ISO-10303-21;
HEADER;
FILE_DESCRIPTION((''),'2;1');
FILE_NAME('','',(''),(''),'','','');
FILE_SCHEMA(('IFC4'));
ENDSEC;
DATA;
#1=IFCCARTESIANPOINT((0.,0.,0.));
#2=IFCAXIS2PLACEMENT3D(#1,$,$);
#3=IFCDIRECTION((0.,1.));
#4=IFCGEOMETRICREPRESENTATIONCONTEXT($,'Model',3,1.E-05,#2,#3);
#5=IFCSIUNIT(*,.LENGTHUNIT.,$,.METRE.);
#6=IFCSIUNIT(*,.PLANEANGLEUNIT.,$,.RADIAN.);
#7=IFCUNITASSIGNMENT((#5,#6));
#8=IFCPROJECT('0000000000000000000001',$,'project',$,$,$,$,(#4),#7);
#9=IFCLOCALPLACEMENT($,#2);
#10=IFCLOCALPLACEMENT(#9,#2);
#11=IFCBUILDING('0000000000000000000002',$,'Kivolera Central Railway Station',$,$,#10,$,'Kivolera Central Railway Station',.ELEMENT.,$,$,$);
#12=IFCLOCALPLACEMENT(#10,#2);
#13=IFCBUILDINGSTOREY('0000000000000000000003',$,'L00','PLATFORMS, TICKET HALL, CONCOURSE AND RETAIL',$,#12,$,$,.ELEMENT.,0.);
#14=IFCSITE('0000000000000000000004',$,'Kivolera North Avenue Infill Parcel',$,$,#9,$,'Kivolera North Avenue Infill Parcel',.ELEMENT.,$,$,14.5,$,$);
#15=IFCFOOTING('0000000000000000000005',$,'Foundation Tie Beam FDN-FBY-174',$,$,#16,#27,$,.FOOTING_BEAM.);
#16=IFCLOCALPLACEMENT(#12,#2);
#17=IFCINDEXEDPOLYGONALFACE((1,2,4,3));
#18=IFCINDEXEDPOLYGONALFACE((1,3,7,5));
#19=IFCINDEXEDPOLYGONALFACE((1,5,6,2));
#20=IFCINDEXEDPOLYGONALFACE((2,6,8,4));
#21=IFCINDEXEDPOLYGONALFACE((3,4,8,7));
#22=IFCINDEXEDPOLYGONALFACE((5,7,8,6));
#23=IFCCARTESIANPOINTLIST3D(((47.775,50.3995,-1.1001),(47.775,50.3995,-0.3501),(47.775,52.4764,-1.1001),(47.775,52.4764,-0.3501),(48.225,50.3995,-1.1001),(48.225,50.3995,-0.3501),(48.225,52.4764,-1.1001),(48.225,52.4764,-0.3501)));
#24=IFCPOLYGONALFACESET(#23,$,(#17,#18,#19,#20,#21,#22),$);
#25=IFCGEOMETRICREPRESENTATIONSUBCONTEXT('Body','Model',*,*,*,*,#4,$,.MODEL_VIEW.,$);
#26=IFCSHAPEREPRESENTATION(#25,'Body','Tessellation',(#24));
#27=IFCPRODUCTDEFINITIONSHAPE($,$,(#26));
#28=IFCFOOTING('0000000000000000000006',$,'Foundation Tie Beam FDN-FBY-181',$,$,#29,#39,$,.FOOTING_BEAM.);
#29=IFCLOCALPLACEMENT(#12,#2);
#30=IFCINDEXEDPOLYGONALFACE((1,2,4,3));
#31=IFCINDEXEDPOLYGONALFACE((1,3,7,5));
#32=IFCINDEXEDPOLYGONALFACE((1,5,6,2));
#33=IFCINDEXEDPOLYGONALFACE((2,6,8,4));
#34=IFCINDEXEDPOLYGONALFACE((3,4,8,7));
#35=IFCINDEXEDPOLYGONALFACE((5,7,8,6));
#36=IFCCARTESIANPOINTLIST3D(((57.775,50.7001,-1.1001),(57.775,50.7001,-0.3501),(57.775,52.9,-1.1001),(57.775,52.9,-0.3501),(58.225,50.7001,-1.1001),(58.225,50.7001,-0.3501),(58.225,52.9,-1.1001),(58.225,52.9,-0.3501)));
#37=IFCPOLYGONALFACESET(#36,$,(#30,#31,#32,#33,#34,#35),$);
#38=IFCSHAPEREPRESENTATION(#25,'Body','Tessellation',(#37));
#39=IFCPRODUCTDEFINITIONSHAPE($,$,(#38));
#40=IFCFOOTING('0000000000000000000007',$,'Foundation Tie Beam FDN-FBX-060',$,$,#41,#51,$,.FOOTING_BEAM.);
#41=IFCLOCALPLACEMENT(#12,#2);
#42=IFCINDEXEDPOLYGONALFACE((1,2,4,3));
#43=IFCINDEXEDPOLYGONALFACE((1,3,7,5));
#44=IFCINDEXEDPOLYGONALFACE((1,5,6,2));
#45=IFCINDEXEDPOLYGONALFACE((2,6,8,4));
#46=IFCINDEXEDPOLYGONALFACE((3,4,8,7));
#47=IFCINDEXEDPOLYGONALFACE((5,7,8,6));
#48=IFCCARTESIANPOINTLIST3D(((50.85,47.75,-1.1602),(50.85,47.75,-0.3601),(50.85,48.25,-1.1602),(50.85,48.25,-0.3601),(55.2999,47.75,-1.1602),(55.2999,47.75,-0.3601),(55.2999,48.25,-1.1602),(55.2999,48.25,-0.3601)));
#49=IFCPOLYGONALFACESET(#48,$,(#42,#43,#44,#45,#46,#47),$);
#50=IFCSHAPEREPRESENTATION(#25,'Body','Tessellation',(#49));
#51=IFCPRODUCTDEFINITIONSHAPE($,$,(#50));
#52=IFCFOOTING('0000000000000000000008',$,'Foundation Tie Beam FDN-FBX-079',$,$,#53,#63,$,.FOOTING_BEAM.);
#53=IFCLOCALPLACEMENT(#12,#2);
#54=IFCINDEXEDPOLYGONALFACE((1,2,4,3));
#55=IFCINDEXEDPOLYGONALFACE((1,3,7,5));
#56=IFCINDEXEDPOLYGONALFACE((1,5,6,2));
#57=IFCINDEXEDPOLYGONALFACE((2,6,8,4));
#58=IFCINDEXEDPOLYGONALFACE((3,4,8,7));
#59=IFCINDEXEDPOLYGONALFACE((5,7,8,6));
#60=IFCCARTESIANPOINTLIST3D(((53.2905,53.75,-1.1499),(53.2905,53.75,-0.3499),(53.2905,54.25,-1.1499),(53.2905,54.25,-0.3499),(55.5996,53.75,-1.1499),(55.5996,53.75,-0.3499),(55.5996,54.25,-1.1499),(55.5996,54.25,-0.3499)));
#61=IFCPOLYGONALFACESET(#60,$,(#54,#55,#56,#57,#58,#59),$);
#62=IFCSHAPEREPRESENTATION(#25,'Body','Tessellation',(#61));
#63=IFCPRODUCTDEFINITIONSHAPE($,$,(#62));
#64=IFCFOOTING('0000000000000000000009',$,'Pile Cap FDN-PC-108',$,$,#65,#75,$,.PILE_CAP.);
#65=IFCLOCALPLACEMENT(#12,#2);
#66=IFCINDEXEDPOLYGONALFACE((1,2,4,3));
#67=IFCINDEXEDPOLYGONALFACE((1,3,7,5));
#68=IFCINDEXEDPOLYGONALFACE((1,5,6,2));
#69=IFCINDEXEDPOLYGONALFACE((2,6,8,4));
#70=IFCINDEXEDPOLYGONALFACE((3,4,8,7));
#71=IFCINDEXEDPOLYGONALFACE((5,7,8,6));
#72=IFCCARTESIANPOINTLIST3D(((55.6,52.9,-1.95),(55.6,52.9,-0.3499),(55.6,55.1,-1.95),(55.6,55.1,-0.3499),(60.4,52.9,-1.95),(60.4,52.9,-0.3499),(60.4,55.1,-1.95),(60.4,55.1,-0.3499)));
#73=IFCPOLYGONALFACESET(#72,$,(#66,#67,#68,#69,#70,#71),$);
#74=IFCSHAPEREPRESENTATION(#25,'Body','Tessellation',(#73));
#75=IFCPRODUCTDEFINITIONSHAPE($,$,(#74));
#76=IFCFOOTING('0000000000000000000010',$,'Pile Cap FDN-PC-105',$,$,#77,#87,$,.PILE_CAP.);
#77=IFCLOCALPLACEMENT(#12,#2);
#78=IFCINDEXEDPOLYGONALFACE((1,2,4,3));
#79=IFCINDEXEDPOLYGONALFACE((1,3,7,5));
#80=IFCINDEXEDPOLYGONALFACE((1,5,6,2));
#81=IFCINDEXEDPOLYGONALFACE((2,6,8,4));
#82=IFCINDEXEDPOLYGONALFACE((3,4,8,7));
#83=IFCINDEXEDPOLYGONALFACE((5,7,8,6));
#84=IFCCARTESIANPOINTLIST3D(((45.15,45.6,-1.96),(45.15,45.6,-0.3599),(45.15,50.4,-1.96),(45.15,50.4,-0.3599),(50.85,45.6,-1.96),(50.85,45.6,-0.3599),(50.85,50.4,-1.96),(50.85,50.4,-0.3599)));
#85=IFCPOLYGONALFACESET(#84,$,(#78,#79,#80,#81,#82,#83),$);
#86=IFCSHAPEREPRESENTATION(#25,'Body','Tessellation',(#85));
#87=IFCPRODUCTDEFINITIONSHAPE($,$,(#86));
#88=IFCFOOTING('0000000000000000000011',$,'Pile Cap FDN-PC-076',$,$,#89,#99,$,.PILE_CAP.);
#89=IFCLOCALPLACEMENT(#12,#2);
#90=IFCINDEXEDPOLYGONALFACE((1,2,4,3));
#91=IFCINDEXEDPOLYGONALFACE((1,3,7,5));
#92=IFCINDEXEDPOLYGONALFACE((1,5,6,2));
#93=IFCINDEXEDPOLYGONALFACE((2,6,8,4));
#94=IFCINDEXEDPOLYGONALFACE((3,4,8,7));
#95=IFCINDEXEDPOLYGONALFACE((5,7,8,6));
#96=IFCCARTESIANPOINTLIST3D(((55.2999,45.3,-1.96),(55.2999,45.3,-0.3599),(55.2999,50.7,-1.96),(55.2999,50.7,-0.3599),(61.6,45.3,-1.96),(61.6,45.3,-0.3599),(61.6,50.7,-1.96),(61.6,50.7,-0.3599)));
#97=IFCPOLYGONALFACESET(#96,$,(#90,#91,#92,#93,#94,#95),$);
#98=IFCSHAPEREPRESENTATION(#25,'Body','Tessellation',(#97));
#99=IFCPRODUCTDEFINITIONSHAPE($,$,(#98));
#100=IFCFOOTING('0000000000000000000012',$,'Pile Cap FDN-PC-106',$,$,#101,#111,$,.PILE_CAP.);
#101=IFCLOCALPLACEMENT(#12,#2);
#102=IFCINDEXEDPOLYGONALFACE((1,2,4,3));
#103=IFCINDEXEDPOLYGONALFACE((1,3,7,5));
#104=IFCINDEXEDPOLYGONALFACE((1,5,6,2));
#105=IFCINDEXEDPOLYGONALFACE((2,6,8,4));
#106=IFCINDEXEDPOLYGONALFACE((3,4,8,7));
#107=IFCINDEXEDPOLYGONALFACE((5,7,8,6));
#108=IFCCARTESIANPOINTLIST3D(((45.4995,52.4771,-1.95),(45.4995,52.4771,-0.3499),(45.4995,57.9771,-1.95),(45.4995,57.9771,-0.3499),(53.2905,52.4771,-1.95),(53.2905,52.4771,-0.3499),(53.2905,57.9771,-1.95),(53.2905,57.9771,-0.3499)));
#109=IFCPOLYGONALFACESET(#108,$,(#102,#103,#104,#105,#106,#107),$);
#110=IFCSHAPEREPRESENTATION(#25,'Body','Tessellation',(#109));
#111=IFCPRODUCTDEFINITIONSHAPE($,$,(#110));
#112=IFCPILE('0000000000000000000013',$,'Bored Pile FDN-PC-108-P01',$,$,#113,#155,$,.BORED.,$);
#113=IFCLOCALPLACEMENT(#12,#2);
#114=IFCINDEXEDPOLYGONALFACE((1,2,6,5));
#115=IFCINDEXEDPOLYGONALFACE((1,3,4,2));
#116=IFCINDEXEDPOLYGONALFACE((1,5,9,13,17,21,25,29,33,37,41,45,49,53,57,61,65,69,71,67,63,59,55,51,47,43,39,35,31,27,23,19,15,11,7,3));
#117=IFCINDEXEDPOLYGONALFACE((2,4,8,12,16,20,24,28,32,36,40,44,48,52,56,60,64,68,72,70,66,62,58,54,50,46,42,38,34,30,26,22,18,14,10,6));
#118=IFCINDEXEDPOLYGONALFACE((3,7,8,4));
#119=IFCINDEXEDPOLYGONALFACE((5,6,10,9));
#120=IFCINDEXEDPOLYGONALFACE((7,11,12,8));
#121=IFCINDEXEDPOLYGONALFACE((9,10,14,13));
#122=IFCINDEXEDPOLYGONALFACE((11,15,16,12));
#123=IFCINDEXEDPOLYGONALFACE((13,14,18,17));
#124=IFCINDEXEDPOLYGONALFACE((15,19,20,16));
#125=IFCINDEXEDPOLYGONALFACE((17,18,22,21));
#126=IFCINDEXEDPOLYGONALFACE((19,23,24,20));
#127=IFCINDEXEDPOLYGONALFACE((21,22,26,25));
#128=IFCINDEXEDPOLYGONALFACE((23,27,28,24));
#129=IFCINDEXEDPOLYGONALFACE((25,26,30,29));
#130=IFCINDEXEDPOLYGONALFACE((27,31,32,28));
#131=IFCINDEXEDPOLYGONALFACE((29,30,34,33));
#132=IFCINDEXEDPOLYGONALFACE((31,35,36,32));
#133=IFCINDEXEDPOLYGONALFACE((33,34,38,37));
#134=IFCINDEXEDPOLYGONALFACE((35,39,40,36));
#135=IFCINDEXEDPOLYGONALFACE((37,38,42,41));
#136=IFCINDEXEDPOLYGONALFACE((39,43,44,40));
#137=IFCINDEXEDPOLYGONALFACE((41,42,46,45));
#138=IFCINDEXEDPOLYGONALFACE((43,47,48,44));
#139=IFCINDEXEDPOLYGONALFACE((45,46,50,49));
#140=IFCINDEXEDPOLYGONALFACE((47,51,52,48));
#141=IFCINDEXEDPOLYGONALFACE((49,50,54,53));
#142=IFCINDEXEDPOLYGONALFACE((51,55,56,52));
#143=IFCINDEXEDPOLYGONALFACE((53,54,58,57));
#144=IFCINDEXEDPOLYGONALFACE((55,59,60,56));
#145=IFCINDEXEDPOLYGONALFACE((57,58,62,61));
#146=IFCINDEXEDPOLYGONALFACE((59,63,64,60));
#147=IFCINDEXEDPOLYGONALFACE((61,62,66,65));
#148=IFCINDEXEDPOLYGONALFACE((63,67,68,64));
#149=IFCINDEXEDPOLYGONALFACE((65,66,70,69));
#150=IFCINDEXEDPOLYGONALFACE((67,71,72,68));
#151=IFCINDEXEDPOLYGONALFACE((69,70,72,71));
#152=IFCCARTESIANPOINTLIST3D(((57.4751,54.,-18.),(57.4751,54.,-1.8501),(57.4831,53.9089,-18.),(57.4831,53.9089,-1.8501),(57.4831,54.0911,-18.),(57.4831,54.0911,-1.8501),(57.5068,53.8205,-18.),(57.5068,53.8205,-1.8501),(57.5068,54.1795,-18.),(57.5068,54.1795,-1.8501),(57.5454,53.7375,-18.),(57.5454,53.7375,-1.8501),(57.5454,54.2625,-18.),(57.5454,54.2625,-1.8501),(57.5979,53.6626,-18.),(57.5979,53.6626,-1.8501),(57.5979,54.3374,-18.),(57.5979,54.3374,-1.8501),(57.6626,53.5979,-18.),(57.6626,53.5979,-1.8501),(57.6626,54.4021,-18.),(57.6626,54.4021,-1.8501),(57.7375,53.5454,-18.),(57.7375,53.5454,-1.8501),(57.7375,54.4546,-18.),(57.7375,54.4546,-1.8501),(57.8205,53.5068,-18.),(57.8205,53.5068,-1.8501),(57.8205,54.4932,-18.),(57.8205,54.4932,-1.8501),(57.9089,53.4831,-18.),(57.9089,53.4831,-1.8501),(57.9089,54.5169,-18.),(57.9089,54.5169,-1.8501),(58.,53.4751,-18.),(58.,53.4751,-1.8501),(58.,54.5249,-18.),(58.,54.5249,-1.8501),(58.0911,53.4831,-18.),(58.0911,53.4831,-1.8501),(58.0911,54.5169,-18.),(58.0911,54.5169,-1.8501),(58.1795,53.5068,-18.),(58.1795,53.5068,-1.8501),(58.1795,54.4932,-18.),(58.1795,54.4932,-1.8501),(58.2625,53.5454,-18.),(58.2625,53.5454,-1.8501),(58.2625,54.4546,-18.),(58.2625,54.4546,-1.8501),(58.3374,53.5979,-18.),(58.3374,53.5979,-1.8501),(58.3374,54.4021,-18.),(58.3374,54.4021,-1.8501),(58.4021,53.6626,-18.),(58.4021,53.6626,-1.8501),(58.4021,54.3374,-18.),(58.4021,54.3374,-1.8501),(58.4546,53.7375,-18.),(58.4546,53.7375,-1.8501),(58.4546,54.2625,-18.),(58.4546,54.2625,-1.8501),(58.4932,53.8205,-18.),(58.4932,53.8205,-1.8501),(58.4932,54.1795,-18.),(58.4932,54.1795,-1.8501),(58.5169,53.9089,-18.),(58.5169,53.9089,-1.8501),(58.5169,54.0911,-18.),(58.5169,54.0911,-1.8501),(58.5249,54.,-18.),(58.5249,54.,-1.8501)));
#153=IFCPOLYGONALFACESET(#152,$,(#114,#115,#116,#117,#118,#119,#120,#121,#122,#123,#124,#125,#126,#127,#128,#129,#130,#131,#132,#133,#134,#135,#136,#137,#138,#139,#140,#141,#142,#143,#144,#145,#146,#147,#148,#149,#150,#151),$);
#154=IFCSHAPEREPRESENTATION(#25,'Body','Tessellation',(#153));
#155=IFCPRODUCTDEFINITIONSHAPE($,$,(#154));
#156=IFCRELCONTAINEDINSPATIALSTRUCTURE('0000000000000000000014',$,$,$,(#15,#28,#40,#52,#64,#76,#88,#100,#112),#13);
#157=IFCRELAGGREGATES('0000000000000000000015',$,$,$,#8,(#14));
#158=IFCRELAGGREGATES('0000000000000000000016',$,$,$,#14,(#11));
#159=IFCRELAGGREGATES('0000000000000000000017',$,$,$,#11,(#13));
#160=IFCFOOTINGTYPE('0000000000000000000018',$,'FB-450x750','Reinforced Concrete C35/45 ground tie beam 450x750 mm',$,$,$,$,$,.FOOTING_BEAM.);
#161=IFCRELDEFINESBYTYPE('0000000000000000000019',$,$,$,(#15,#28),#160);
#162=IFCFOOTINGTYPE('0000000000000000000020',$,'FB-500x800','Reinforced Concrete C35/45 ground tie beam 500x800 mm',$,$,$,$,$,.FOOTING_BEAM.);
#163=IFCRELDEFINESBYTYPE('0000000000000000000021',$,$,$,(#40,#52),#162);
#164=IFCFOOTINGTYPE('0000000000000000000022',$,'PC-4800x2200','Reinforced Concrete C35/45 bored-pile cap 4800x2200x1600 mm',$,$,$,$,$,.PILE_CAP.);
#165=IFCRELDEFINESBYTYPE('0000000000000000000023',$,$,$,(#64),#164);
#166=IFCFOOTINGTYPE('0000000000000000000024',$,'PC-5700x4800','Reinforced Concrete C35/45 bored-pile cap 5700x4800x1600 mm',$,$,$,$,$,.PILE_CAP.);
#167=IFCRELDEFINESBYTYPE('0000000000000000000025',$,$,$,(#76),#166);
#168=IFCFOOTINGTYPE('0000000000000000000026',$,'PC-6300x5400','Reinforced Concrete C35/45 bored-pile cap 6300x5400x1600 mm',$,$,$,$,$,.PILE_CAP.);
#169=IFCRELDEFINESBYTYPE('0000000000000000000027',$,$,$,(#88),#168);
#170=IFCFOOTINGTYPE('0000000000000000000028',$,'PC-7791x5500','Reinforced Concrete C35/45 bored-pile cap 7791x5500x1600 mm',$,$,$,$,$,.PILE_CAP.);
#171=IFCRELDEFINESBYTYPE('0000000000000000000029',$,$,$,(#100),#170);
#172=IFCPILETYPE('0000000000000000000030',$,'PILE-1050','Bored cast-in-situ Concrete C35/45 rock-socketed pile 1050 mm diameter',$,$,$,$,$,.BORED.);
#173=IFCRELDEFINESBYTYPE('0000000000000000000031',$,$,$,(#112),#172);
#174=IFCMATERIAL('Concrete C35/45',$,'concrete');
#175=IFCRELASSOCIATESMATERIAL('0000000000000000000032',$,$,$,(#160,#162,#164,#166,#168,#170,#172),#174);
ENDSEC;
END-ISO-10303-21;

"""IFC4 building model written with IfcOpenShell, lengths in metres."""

from ifc_helpers import new_model, si_unit, direction, frame, origin, origin_2d, place, context, subcontext, project, spatial, rectangle, circle, extrude, material, material_profile, profile_set, type_object, element, save


model = new_model("IFC4")

# Units and contexts
model_context = context("Model", 3, precision=1e-05, world=origin(), true_north=direction((0.0, 1.0)))
body_context = subcontext(model_context, "Body", "Model", "MODEL_VIEW")
ifc_project = project(units=[si_unit("LENGTHUNIT", "METRE"), si_unit("PLANEANGLEUNIT", "RADIAN")], contexts=[model_context])

# Site, building, storey
site_placement = place(None, origin())
site = spatial("IfcSite", under=ifc_project, at=site_placement, Name="Kivolera North Avenue Infill Parcel", LongName="Kivolera North Avenue Infill Parcel", CompositionType="ELEMENT", RefElevation=14.5)
building_placement = place(site_placement, origin())
building = spatial("IfcBuilding", under=site, at=building_placement, Name="Kivolera Central Railway Station", LongName="Kivolera Central Railway Station", CompositionType="ELEMENT")
storey_placement = place(building_placement, origin())
storey = spatial("IfcBuildingStorey", under=building, at=storey_placement, Name="L00", Description="PLATFORMS, TICKET HALL, CONCOURSE AND RETAIL", CompositionType="ELEMENT", Elevation=0.0)

# Footings
ifc_material_1 = material(Name="Concrete C35/45", Category="concrete")
footing_type_1 = type_object("IfcFootingType", Name="FB-450x750", Description="Reinforced Concrete C35/45 ground tie beam 450x750 mm", PredefinedType="FOOTING_BEAM", material=ifc_material_1)
footing_1_placement = place(storey_placement, frame((48.0, 51.438, -1.1001), z_axis=(0.0, 0.0, 1.0), x_axis=(1.0, 0.0, 0.0)))
element("IfcFooting", 1, at=footing_1_placement, inside=storey, type_object=footing_type_1, Name="Foundation Tie Beam FDN-FBY-174", PredefinedType="FOOTING_BEAM", context=body_context, shape_type="SweptSolid", body=[
    extrude(rectangle(XDim=0.45, YDim=2.0769, at=origin_2d()), origin(), (0.0, 0.0, 1.0), 0.75),
])
footing_2_placement = place(storey_placement, frame((58.0, 51.8, -1.1001), z_axis=(0.0, 0.0, 1.0), x_axis=(1.0, 0.0, 0.0)))
element("IfcFooting", 2, at=footing_2_placement, inside=storey, type_object=footing_type_1, Name="Foundation Tie Beam FDN-FBY-181", PredefinedType="FOOTING_BEAM", context=body_context, shape_type="SweptSolid", body=[
    extrude(rectangle(XDim=0.45, YDim=2.2, at=origin_2d()), origin(), (0.0, 0.0, 1.0), 0.75),
])
footing_type_2 = type_object("IfcFootingType", Name="FB-500x800", Description="Reinforced Concrete C35/45 ground tie beam 500x800 mm", PredefinedType="FOOTING_BEAM", material=ifc_material_1)
footing_3_placement = place(storey_placement, frame((53.075, 48.0, -1.1602), z_axis=(0.0, 0.0, 1.0), x_axis=(1.0, 0.0, 0.0)))
element("IfcFooting", 3, at=footing_3_placement, inside=storey, type_object=footing_type_2, Name="Foundation Tie Beam FDN-FBX-060", PredefinedType="FOOTING_BEAM", context=body_context, shape_type="SweptSolid", body=[
    extrude(rectangle(XDim=4.45, YDim=0.5, at=origin_2d()), origin(), (0.0, 0.0, 1.0), 0.8),
])
footing_4_placement = place(storey_placement, frame((54.4451, 54.0, -1.1499), z_axis=(0.0, 0.0, 1.0), x_axis=(1.0, 0.0, 0.0)))
element("IfcFooting", 4, at=footing_4_placement, inside=storey, type_object=footing_type_2, Name="Foundation Tie Beam FDN-FBX-079", PredefinedType="FOOTING_BEAM", context=body_context, shape_type="SweptSolid", body=[
    extrude(rectangle(XDim=2.3091, YDim=0.5, at=origin_2d()), origin(), (0.0, 0.0, 1.0), 0.8),
])
footing_type_3 = type_object("IfcFootingType", Name="PC-4800x2200", Description="Reinforced Concrete C35/45 bored-pile cap 4800x2200x1600 mm", PredefinedType="PILE_CAP", material=ifc_material_1)
footing_5_placement = place(storey_placement, frame((58.0, 54.0, -1.95), z_axis=(0.0, 0.0, 1.0), x_axis=(1.0, 0.0, 0.0)))
element("IfcFooting", 5, at=footing_5_placement, inside=storey, type_object=footing_type_3, Name="Pile Cap FDN-PC-108", PredefinedType="PILE_CAP", context=body_context, shape_type="SweptSolid", body=[
    extrude(rectangle(XDim=4.8, YDim=2.2, at=origin_2d()), origin(), (0.0, 0.0, 1.0), 1.6001),
])
footing_type_4 = type_object("IfcFootingType", Name="PC-5700x4800", Description="Reinforced Concrete C35/45 bored-pile cap 5700x4800x1600 mm", PredefinedType="PILE_CAP", material=ifc_material_1)
footing_6_placement = place(storey_placement, frame((48.0, 48.0, -1.96), z_axis=(0.0, 0.0, 1.0), x_axis=(1.0, 0.0, 0.0)))
element("IfcFooting", 6, at=footing_6_placement, inside=storey, type_object=footing_type_4, Name="Pile Cap FDN-PC-105", PredefinedType="PILE_CAP", context=body_context, shape_type="SweptSolid", body=[
    extrude(rectangle(XDim=5.7, YDim=4.8, at=origin_2d()), origin(), (0.0, 0.0, 1.0), 1.6001),
])
footing_type_5 = type_object("IfcFootingType", Name="PC-6300x5400", Description="Reinforced Concrete C35/45 bored-pile cap 6300x5400x1600 mm", PredefinedType="PILE_CAP", material=ifc_material_1)
footing_7_placement = place(storey_placement, frame((58.45, 48.0, -1.96), z_axis=(0.0, 0.0, 1.0), x_axis=(1.0, 0.0, 0.0)))
element("IfcFooting", 7, at=footing_7_placement, inside=storey, type_object=footing_type_5, Name="Pile Cap FDN-PC-076", PredefinedType="PILE_CAP", context=body_context, shape_type="SweptSolid", body=[
    extrude(rectangle(XDim=6.3, YDim=5.3999, at=origin_2d()), origin(), (0.0, 0.0, 1.0), 1.6001),
])
footing_type_6 = type_object("IfcFootingType", Name="PC-7791x5500", Description="Reinforced Concrete C35/45 bored-pile cap 7791x5500x1600 mm", PredefinedType="PILE_CAP", material=ifc_material_1)
footing_8_placement = place(storey_placement, frame((49.395, 55.2271, -1.95), z_axis=(0.0, 0.0, 1.0), x_axis=(1.0, 0.0, 0.0)))
element("IfcFooting", 8, at=footing_8_placement, inside=storey, type_object=footing_type_6, Name="Pile Cap FDN-PC-106", PredefinedType="PILE_CAP", context=body_context, shape_type="SweptSolid", body=[
    extrude(rectangle(XDim=7.791, YDim=5.5, at=origin_2d()), origin(), (0.0, 0.0, 1.0), 1.6001),
])

# Pile
ifc_material_profile_1 = material_profile(ifc_material_1, circle(Radius=0.5249, at=origin_2d()), Name="PILE D1050")
ifc_profile_set_1 = profile_set([ifc_material_profile_1], Name="Concrete C35/45")
pile_type_1 = type_object("IfcPileType", Name="PILE-1050", Description="Bored cast-in-situ Concrete C35/45 rock-socketed pile 1050 mm diameter", PredefinedType="BORED", material=ifc_profile_set_1)
pile_placement = place(storey_placement, frame((58.0, 54.0, -1.8501), z_axis=(0.0, 0.0, -1.0), x_axis=(1.0, 0.0, 0.0)))
element("IfcPile", 9, at=pile_placement, inside=storey, type_object=pile_type_1, Name="Bored Pile FDN-PC-108-P01", PredefinedType="BORED", context=body_context, shape_type="SweptSolid", body=[
    extrude(circle(Radius=0.5249, at=origin_2d()), origin(), (0.0, 0.0, 1.0), 16.1499),
])

save(model, "model.ifc")
